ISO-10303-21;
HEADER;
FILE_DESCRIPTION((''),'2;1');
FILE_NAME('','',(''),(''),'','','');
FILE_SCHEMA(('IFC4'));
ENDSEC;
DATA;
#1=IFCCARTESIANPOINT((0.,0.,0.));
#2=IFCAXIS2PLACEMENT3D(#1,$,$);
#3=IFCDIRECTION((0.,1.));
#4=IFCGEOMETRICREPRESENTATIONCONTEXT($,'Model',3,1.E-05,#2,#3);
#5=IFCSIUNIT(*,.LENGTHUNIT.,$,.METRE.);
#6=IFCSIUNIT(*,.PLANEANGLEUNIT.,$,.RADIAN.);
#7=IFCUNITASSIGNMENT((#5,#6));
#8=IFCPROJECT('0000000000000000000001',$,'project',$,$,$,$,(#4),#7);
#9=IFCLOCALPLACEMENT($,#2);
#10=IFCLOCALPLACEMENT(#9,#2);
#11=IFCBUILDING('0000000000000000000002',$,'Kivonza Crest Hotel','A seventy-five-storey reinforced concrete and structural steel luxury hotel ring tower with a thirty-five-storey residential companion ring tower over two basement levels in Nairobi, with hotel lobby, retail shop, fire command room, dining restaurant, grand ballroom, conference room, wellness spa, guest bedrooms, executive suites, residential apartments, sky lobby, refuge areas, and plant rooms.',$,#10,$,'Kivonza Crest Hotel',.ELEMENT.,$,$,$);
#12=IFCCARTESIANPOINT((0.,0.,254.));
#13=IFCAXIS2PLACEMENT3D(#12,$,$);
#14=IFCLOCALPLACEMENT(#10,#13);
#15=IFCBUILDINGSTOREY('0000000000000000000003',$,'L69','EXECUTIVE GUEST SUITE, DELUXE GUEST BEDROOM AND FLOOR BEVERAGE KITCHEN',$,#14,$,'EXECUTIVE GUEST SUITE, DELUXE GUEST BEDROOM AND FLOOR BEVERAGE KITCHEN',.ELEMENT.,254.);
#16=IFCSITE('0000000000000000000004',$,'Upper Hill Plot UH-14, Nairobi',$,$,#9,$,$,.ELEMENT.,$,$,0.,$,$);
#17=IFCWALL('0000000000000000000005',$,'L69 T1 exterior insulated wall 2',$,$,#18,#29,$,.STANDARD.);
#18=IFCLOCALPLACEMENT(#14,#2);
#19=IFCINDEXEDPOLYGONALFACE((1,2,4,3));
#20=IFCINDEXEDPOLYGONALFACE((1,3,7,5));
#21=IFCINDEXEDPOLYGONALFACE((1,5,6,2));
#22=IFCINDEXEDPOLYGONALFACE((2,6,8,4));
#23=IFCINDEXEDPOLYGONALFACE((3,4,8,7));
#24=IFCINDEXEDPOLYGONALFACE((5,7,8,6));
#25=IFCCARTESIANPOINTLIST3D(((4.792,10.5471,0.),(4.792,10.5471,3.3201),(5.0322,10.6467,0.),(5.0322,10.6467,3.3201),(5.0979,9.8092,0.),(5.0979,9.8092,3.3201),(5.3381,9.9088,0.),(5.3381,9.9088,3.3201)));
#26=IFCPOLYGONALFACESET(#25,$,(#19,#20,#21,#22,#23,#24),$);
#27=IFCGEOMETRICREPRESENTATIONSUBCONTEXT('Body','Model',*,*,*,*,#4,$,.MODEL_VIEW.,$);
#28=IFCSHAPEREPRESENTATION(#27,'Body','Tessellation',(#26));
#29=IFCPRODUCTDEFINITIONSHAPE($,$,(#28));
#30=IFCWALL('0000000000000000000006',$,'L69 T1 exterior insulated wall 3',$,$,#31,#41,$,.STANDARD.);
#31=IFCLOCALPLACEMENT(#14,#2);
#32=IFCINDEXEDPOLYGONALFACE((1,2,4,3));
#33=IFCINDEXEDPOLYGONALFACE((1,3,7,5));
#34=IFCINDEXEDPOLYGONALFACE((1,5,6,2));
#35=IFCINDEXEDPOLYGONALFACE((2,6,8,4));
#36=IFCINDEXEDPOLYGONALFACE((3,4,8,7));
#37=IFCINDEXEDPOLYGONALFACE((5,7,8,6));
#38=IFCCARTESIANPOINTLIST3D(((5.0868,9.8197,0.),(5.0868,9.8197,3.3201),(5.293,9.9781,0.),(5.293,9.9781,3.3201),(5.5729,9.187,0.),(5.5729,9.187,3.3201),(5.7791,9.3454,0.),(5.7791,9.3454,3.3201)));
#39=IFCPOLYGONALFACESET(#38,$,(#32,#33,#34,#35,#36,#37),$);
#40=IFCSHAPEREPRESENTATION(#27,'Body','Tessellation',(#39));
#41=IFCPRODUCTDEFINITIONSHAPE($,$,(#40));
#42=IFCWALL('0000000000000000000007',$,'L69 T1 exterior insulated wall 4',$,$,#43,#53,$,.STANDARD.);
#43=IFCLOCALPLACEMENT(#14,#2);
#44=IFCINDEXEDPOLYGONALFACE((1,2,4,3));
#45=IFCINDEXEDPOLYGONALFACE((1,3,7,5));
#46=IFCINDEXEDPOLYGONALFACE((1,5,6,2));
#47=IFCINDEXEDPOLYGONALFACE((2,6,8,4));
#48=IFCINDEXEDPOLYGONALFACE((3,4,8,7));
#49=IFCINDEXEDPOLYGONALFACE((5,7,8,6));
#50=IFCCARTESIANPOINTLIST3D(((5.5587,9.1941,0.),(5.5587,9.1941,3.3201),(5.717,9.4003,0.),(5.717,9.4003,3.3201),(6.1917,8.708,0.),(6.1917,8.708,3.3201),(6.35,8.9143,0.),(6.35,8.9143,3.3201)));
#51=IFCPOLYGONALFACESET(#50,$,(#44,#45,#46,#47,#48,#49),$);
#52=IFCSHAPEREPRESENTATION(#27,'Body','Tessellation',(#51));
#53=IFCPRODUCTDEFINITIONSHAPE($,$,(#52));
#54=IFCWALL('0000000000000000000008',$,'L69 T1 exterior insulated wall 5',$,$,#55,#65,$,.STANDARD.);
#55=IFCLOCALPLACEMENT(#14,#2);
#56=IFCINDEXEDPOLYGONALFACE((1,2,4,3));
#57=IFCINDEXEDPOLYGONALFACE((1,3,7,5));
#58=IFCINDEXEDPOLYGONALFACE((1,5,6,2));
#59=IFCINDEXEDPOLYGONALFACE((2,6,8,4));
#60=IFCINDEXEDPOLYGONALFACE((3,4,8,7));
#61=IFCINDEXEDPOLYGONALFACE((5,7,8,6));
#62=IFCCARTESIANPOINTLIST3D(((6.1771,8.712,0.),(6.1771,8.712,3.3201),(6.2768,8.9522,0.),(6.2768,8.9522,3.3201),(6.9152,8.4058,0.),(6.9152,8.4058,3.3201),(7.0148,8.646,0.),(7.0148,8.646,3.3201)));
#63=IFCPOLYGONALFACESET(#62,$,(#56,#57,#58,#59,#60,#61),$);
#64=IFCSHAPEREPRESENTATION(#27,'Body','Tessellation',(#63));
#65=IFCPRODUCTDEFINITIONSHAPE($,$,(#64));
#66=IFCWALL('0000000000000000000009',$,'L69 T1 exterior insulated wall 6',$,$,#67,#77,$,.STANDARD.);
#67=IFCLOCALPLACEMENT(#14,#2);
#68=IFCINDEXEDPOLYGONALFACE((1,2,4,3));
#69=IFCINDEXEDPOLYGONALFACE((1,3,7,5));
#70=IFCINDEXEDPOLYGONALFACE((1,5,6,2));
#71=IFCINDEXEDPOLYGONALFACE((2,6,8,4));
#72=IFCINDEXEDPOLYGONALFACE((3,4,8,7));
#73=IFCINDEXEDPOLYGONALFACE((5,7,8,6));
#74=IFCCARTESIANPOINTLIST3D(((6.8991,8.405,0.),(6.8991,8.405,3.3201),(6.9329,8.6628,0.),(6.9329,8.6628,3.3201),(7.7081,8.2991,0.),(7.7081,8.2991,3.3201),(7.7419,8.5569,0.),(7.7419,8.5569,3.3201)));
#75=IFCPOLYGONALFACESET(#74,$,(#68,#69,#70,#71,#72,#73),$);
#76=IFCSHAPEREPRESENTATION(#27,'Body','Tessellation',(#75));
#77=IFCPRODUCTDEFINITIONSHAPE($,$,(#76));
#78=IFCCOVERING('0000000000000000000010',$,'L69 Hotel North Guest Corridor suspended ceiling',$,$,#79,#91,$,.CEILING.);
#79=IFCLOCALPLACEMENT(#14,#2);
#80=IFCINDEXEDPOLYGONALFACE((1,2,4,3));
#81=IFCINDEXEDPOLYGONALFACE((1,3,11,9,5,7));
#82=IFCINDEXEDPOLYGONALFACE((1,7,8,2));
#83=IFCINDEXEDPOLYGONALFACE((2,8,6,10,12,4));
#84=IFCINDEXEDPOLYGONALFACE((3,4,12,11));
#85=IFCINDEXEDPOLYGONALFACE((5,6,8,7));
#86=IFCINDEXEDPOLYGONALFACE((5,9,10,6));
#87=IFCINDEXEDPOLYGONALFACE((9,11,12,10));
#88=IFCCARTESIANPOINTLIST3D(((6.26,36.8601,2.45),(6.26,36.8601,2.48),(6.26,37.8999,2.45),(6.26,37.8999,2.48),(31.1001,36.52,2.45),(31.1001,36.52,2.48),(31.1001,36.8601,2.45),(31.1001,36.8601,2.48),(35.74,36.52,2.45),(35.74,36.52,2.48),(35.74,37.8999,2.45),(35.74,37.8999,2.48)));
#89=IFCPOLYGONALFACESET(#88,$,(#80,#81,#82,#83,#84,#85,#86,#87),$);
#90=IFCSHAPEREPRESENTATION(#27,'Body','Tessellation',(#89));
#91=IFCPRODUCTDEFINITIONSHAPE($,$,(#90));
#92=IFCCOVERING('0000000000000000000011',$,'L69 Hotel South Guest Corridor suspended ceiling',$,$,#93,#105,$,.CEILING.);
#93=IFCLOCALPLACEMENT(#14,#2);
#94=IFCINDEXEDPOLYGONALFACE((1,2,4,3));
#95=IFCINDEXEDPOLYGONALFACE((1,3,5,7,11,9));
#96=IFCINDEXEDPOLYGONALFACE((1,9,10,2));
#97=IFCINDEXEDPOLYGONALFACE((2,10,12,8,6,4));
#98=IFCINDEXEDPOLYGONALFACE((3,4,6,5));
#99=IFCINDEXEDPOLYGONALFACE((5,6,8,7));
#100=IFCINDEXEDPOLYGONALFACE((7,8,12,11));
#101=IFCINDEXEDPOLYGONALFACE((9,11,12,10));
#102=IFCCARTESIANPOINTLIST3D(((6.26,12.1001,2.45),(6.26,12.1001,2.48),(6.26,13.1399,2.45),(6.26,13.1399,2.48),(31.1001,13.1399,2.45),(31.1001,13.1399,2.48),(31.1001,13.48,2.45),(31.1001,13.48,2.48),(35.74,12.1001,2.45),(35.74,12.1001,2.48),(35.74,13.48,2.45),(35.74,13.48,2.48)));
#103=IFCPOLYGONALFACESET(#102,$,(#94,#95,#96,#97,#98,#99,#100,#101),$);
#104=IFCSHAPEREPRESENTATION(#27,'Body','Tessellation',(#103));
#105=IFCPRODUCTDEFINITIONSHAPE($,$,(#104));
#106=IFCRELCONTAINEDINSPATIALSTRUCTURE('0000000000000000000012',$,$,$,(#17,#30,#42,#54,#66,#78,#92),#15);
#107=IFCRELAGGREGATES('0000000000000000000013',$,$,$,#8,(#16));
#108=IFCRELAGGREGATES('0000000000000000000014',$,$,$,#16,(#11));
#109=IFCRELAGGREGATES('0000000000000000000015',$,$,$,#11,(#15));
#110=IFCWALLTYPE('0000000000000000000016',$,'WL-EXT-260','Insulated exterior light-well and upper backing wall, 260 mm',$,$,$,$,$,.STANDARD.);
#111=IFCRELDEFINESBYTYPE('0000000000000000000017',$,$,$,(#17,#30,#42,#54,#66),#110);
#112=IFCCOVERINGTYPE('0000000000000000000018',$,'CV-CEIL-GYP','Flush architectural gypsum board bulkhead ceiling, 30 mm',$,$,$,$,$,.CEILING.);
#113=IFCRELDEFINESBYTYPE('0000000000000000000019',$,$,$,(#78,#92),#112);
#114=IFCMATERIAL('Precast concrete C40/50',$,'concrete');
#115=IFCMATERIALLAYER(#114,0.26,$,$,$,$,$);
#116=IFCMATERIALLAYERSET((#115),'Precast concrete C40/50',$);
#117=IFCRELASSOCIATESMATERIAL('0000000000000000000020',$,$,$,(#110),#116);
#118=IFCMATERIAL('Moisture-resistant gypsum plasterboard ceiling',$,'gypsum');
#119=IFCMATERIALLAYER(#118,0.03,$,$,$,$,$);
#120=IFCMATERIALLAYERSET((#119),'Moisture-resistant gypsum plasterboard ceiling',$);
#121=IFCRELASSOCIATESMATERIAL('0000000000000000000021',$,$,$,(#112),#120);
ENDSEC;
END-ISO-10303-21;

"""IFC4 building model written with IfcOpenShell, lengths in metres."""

from ifc_helpers import new_model, si_unit, direction, frame, frame_2d, origin, place, context, subcontext, project, spatial, polyline, rectangle, outline, extrude, material, layer, layer_set, type_object, element, save


model = new_model("IFC4")

# Units and contexts
model_context = context("Model", 3, precision=1e-05, world=origin(), true_north=direction((0.0, 1.0)))
body_context = subcontext(model_context, "Body", "Model", "MODEL_VIEW")
ifc_project = project(units=[si_unit("LENGTHUNIT", "METRE"), si_unit("PLANEANGLEUNIT", "RADIAN")], contexts=[model_context])

# Site, building, storey
site_placement = place(None, origin())
site = spatial("IfcSite", under=ifc_project, at=site_placement, Name="Upper Hill Plot UH-14, Nairobi", CompositionType="ELEMENT", RefElevation=0.0)
building_placement = place(site_placement, origin())
building = spatial("IfcBuilding", under=site, at=building_placement, Name="Kivonza Crest Hotel", Description="A seventy-five-storey reinforced concrete and structural steel luxury hotel ring tower with a thirty-five-storey residential companion ring tower over two basement levels in Nairobi, with hotel lobby, retail shop, fire command room, dining restaurant, grand ballroom, conference room, wellness spa, guest bedrooms, executive suites, residential apartments, sky lobby, refuge areas, and plant rooms.", LongName="Kivonza Crest Hotel", CompositionType="ELEMENT")
storey_placement = place(building_placement, frame((0.0, 0.0, 254.0)))
storey = spatial("IfcBuildingStorey", under=building, at=storey_placement, Name="L69", Description="EXECUTIVE GUEST SUITE, DELUXE GUEST BEDROOM AND FLOOR BEVERAGE KITCHEN", LongName="EXECUTIVE GUEST SUITE, DELUXE GUEST BEDROOM AND FLOOR BEVERAGE KITCHEN", CompositionType="ELEMENT", Elevation=254.0)

# Walls
ifc_material_1 = material(Name="Precast concrete C40/50", Category="concrete")
ifc_layer_1 = layer(ifc_material_1, 0.26)
ifc_layer_set_1 = layer_set([ifc_layer_1], Name="Precast concrete C40/50")
wall_type_1 = type_object("IfcWallType", Name="WL-EXT-260", Description="Insulated exterior light-well and upper backing wall, 260 mm", PredefinedType="STANDARD", material=ifc_layer_set_1)
wall_1_placement = place(storey_placement, frame((4.9121, 10.5969, 0.0), z_axis=(0.0, 0.0, 1.0), x_axis=(0.382901, -0.92379, 0.0)))
element("IfcWall", 1, at=wall_1_placement, inside=storey, type_object=wall_type_1, Name="L69 T1 exterior insulated wall 2", PredefinedType="STANDARD", context=body_context, shape_type="SweptSolid", body=[
    extrude(rectangle(XDim=0.7988, YDim=0.26, at=frame_2d((0.3994, 0.0))), origin(), (0.0, 0.0, 1.0), 3.3201),
])
wall_2_placement = place(storey_placement, frame((5.1899, 9.8989, 0.0), z_axis=(0.0, 0.0, 1.0), x_axis=(0.609164, -0.793045, 0.0)))
element("IfcWall", 2, at=wall_2_placement, inside=storey, type_object=wall_type_1, Name="L69 T1 exterior insulated wall 3", PredefinedType="STANDARD", context=body_context, shape_type="SweptSolid", body=[
    extrude(rectangle(XDim=0.7979, YDim=0.26, at=frame_2d((0.3989, 0.0))), origin(), (0.0, 0.0, 1.0), 3.3201),
])
wall_3_placement = place(storey_placement, frame((5.6379, 9.2971, 0.0), z_axis=(0.0, 0.0, 1.0), x_axis=(0.793158, -0.609016, 0.0)))
element("IfcWall", 3, at=wall_3_placement, inside=storey, type_object=wall_type_1, Name="L69 T1 exterior insulated wall 4", PredefinedType="STANDARD", context=body_context, shape_type="SweptSolid", body=[
    extrude(rectangle(XDim=0.7981, YDim=0.26, at=frame_2d((0.3989, 0.0))), origin(), (0.0, 0.0, 1.0), 3.3201),
])
wall_4_placement = place(storey_placement, frame((6.2271, 8.832, 0.0), z_axis=(0.0, 0.0, 1.0), x_axis=(0.923681, -0.383161, 0.0)))
element("IfcWall", 4, at=wall_4_placement, inside=storey, type_object=wall_type_1, Name="L69 T1 exterior insulated wall 5", PredefinedType="STANDARD", context=body_context, shape_type="SweptSolid", body=[
    extrude(rectangle(XDim=0.7991, YDim=0.26, at=frame_2d((0.3994, 0.0))), origin(), (0.0, 0.0, 1.0), 3.3201),
])
wall_5_placement = place(storey_placement, frame((6.916, 8.5339, 0.0), z_axis=(0.0, 0.0, 1.0), x_axis=(0.991534, -0.129851, 0.0)))
element("IfcWall", 5, at=wall_5_placement, inside=storey, type_object=wall_type_1, Name="L69 T1 exterior insulated wall 6", PredefinedType="STANDARD", context=body_context, shape_type="SweptSolid", body=[
    extrude(rectangle(XDim=0.8159, YDim=0.26, at=frame_2d((0.408, 0.0))), origin(), (0.0, 0.0, 1.0), 3.3201),
])

# Coverings
ifc_material_2 = material(Name="Moisture-resistant gypsum plasterboard ceiling", Category="gypsum")
ifc_layer_2 = layer(ifc_material_2, 0.03)
ifc_layer_set_2 = layer_set([ifc_layer_2], Name="Moisture-resistant gypsum plasterboard ceiling")
covering_type = type_object("IfcCoveringType", Name="CV-CEIL-GYP", Description="Flush architectural gypsum board bulkhead ceiling, 30 mm", PredefinedType="CEILING", material=ifc_layer_set_2)
covering_1_placement = place(storey_placement, frame((0.0, 0.0, 2.45)))
element("IfcCovering", 6, at=covering_1_placement, inside=storey, type_object=covering_type, Name="L69 Hotel North Guest Corridor suspended ceiling", PredefinedType="CEILING", context=body_context, shape_type="SweptSolid", body=[
    extrude(outline(polyline([(35.74, 36.52), (35.74, 37.8999), (6.26, 37.8999), (6.26, 36.8601), (31.1001, 36.8601), (31.1001, 36.52), (35.74, 36.52)])), origin(), (0.0, 0.0, 1.0), 0.03),
])
covering_2_placement = place(storey_placement, frame((0.0, 0.0, 2.45)))
element("IfcCovering", 7, at=covering_2_placement, inside=storey, type_object=covering_type, Name="L69 Hotel South Guest Corridor suspended ceiling", PredefinedType="CEILING", context=body_context, shape_type="SweptSolid", body=[
    extrude(outline(polyline([(35.74, 12.1001), (35.74, 13.48), (31.1001, 13.48), (31.1001, 13.1399), (6.26, 13.1399), (6.26, 12.1001), (35.74, 12.1001)])), origin(), (0.0, 0.0, 1.0), 0.03),
])

save(model, "model.ifc")
